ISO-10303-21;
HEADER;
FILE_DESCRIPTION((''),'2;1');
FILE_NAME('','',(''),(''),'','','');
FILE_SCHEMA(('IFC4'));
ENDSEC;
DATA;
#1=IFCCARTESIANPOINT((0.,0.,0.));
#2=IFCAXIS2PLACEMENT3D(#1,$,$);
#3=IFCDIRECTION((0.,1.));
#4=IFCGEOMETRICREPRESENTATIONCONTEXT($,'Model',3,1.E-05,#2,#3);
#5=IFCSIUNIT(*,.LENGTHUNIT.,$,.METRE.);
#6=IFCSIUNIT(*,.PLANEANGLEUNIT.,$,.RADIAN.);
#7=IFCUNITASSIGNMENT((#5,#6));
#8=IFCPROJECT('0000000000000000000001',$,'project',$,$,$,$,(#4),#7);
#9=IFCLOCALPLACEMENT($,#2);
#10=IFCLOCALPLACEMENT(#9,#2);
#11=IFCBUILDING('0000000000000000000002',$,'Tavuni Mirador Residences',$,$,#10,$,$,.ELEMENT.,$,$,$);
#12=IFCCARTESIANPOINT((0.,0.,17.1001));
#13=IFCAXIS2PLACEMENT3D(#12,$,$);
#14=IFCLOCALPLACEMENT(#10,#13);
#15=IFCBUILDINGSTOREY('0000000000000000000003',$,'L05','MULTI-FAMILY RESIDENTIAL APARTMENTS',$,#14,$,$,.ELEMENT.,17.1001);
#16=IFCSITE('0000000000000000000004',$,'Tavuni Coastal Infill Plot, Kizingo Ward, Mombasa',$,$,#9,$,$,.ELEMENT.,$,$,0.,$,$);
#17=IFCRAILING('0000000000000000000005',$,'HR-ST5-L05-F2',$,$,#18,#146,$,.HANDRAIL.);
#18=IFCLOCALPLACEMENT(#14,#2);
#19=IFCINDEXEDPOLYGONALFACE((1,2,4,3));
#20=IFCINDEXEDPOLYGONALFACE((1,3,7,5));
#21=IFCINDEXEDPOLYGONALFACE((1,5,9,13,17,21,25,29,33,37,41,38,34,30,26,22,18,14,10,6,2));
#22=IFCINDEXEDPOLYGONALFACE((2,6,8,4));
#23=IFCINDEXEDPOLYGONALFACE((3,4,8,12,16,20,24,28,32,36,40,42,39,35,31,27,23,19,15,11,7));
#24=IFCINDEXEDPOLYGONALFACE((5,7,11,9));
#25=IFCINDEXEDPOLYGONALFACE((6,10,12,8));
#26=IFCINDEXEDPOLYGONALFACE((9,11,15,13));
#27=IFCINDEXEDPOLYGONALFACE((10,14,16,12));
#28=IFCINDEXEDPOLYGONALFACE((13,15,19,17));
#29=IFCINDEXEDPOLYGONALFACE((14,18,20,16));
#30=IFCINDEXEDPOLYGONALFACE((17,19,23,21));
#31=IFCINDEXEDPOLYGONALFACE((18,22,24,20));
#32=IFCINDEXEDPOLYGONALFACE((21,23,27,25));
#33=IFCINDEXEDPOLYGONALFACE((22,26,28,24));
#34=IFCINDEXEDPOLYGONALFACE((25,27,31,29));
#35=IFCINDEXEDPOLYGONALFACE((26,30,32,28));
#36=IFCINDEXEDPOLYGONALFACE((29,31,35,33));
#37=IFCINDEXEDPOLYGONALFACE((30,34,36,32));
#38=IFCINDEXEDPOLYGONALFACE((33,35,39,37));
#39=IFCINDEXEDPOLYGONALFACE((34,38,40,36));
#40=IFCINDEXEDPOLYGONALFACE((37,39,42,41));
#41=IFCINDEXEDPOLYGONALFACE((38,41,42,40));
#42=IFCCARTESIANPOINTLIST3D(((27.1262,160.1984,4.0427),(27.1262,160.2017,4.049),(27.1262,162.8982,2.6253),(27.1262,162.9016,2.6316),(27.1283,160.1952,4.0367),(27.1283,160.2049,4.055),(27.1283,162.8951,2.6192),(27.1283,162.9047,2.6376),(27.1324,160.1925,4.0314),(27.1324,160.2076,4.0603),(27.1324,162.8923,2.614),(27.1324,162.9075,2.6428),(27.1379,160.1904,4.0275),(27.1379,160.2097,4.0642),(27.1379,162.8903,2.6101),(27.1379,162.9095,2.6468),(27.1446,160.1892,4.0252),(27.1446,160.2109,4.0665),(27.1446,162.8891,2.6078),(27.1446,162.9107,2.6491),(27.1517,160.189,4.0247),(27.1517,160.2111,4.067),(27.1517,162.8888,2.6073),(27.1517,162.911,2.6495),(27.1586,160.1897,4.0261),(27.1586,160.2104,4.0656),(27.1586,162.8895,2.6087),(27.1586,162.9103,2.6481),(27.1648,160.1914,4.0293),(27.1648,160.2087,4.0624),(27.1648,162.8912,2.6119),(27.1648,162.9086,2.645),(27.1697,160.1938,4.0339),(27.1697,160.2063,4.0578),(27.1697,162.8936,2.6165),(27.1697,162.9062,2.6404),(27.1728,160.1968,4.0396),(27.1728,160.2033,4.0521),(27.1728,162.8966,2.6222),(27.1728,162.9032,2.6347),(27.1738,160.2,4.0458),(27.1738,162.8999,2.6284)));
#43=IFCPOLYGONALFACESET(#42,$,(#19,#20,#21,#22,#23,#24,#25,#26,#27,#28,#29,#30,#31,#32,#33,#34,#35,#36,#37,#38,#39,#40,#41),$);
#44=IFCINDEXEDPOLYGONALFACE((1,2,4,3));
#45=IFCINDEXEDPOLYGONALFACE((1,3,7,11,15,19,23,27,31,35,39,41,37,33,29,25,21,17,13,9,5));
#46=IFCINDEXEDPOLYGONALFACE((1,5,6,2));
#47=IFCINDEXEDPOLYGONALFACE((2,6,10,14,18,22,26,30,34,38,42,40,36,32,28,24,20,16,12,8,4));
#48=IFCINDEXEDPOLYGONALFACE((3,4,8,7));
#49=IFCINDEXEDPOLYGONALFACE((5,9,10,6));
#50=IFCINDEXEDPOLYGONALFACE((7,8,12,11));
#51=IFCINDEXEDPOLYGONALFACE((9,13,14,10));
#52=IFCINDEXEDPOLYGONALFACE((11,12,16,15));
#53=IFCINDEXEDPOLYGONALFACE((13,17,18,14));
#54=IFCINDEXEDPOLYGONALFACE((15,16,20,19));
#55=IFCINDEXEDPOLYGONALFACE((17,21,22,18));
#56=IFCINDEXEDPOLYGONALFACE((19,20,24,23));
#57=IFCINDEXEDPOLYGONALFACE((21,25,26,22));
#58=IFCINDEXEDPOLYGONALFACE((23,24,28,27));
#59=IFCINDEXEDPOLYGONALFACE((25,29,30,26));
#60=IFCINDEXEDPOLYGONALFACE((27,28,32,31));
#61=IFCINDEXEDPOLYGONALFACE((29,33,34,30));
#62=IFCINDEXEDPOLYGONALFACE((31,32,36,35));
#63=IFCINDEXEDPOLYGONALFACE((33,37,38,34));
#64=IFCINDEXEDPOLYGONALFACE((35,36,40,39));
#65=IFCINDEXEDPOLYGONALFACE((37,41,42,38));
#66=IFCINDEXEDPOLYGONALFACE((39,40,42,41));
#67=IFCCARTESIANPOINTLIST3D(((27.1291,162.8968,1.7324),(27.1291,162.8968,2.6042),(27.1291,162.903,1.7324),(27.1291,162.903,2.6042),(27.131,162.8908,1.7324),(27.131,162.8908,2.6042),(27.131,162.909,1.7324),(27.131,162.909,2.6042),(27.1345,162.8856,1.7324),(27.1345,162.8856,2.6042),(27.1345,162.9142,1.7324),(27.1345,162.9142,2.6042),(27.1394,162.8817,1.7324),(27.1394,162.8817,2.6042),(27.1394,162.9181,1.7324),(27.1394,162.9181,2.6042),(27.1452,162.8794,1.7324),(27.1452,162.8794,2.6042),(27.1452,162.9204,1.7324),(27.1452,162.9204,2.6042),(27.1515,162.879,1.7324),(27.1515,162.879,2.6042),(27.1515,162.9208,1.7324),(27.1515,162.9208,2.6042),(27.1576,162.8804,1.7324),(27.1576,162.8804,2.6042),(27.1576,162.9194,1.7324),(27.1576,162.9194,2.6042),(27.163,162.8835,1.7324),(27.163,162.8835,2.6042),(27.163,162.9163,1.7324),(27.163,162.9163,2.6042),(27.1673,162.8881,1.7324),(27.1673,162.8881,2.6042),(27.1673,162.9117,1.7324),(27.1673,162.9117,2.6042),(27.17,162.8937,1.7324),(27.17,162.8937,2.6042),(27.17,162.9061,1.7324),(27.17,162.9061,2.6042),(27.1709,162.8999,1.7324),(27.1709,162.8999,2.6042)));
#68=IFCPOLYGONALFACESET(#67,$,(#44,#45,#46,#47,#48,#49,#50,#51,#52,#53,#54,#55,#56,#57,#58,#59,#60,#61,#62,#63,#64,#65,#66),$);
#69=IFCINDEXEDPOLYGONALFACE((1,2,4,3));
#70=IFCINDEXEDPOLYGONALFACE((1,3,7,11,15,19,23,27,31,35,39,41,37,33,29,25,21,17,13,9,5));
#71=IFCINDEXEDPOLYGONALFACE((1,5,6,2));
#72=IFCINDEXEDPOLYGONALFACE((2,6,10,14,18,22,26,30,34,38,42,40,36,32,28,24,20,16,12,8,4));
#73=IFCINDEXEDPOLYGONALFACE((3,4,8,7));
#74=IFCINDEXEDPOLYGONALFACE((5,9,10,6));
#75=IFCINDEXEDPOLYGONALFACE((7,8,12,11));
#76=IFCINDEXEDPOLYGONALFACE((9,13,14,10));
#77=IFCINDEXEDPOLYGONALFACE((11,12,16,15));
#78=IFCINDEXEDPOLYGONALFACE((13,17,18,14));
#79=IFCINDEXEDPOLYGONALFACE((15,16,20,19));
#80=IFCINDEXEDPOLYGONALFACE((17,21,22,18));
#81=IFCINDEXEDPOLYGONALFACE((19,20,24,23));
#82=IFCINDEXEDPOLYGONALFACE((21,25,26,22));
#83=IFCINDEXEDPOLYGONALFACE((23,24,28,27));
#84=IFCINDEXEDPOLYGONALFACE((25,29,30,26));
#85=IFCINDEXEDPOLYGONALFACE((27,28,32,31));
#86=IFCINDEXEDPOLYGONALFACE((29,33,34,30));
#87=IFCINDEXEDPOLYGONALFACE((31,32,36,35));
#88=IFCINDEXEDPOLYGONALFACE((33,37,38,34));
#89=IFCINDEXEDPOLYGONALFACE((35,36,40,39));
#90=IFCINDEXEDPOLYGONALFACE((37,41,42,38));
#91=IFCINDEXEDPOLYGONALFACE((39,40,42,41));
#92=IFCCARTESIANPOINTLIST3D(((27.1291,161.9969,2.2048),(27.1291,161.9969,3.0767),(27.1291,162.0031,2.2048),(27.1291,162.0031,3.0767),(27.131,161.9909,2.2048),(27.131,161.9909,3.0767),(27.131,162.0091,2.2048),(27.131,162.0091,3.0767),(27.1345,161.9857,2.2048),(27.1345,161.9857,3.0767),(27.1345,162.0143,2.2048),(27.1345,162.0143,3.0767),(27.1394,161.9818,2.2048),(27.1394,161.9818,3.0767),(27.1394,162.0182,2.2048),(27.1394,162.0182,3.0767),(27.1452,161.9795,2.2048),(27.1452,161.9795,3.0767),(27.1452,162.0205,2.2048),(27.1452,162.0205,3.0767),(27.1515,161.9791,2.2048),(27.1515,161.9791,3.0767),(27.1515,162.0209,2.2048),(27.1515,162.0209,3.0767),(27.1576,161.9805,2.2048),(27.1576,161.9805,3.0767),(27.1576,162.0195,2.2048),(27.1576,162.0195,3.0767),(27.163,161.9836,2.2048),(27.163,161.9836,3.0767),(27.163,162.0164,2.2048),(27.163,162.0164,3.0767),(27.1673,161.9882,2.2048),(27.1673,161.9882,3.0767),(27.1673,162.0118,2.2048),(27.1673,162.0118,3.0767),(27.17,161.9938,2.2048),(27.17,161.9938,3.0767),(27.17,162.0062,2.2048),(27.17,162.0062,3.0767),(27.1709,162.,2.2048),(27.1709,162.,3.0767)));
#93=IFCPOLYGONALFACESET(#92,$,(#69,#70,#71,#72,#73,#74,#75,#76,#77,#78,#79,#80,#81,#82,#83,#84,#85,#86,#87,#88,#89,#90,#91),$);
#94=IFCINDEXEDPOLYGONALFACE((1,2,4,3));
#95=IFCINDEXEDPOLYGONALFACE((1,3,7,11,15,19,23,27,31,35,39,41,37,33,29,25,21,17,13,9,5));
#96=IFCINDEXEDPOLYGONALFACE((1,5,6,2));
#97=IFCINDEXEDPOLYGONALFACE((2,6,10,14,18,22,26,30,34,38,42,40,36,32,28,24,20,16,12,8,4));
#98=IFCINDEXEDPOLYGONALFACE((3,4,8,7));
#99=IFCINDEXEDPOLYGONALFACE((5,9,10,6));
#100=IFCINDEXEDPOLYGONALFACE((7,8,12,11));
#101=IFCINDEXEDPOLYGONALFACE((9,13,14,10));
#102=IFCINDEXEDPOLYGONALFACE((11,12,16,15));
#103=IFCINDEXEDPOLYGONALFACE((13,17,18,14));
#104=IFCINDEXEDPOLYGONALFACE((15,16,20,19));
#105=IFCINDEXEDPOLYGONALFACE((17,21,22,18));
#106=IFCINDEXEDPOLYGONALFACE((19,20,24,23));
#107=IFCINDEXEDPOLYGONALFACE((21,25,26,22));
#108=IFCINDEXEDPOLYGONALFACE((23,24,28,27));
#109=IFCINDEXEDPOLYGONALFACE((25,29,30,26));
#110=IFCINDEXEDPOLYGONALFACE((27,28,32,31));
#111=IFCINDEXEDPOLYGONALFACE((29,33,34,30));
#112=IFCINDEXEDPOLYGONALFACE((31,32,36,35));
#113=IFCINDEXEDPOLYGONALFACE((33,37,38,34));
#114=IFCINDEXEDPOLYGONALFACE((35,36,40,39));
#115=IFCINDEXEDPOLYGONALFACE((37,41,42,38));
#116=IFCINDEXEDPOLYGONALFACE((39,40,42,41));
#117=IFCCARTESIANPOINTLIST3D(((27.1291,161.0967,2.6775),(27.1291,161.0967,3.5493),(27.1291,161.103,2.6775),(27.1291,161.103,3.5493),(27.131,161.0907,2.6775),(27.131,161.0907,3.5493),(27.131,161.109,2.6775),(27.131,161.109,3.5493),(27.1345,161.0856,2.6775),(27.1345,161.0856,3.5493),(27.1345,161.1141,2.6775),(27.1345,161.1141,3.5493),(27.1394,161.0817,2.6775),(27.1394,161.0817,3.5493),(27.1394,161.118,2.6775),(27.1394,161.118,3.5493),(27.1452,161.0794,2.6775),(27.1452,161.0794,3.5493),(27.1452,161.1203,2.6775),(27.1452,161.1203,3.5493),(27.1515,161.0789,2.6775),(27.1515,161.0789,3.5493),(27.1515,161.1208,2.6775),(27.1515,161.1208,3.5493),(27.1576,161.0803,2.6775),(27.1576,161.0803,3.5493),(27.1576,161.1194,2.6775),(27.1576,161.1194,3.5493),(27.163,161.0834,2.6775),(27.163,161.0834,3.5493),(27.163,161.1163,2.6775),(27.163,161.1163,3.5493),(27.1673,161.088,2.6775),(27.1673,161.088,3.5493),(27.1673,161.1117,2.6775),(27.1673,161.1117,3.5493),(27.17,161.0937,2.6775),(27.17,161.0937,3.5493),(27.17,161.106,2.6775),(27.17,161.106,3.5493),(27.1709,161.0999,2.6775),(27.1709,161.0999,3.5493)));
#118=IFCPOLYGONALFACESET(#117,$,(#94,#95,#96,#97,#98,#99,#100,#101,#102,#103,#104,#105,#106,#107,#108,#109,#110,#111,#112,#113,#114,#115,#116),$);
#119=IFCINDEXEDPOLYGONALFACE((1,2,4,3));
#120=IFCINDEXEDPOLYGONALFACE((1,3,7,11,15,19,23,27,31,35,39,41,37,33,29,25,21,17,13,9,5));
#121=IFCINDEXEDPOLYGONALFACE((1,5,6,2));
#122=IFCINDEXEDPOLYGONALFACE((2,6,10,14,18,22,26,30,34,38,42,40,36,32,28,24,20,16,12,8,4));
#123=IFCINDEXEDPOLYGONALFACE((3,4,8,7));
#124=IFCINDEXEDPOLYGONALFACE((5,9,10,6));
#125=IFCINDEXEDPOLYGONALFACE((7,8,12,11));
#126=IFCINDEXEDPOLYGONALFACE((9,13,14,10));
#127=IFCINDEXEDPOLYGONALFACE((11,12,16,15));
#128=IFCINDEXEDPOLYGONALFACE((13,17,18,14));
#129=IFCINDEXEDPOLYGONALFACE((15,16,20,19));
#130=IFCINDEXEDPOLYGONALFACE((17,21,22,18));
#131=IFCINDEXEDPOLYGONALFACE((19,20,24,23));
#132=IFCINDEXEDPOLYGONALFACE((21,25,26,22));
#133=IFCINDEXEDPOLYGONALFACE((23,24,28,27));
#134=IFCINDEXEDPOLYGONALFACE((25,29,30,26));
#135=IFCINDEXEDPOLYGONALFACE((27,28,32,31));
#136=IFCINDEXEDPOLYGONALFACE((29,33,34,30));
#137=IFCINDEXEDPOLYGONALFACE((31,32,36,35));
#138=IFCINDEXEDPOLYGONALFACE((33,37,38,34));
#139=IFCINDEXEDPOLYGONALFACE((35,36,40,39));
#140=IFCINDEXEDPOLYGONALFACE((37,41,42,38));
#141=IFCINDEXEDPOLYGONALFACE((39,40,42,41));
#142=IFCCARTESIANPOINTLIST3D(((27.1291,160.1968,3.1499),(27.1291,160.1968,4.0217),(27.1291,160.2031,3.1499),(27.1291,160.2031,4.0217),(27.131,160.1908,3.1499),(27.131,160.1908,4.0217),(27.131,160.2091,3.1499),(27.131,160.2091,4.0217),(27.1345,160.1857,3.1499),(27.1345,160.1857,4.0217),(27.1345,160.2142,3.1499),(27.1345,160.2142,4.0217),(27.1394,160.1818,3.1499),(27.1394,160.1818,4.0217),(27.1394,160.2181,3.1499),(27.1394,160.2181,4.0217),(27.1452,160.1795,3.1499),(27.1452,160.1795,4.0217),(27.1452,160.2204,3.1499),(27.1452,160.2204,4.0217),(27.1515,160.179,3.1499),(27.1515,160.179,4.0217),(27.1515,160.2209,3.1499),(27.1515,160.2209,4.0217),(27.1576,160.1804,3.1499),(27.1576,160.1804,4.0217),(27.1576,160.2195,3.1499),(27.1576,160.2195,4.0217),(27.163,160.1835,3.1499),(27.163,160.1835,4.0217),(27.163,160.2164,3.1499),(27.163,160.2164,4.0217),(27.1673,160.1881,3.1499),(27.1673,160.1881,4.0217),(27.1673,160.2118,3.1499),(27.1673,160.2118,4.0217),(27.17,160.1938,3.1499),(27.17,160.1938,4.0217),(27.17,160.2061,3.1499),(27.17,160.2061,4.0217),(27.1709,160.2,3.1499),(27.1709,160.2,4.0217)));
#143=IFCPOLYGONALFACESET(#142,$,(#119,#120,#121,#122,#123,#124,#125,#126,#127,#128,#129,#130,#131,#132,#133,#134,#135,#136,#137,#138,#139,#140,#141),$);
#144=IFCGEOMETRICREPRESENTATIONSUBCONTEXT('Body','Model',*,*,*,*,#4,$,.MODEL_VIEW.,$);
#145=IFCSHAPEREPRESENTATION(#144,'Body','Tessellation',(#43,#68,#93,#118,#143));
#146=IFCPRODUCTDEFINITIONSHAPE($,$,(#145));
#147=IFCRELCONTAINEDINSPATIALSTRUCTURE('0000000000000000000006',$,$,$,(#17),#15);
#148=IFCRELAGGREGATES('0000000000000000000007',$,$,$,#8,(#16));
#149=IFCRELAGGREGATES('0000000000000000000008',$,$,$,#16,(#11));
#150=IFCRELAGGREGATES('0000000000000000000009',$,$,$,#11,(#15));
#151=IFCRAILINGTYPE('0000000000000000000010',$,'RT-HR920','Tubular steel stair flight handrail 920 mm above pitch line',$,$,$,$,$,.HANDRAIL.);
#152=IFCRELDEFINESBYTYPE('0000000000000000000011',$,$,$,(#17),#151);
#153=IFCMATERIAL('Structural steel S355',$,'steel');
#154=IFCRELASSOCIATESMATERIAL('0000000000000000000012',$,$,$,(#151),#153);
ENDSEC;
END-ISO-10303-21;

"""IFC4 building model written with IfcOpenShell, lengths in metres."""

from ifc_helpers import new_model, si_unit, direction, frame, origin, origin_2d, place, context, subcontext, project, spatial, circle, extrude, material, type_object, element, save


model = new_model("IFC4")

# Units and contexts
model_context = context("Model", 3, precision=1e-05, world=origin(), true_north=direction((0.0, 1.0)))
body_context = subcontext(model_context, "Body", "Model", "MODEL_VIEW")
ifc_project = project(units=[si_unit("LENGTHUNIT", "METRE"), si_unit("PLANEANGLEUNIT", "RADIAN")], contexts=[model_context])

# Site, building, storey
site_placement = place(None, origin())
site = spatial("IfcSite", under=ifc_project, at=site_placement, Name="Tavuni Coastal Infill Plot, Kizingo Ward, Mombasa", CompositionType="ELEMENT", RefElevation=0.0)
building_placement = place(site_placement, origin())
building = spatial("IfcBuilding", under=site, at=building_placement, Name="Tavuni Mirador Residences", CompositionType="ELEMENT")
storey_placement = place(building_placement, frame((0.0, 0.0, 17.1001)))
storey = spatial("IfcBuildingStorey", under=building, at=storey_placement, Name="L05", Description="MULTI-FAMILY RESIDENTIAL APARTMENTS", CompositionType="ELEMENT", Elevation=17.1001)

# Shared definitions
ifc_material_1 = material(Name="Structural steel S355", Category="steel")

# Railing
railing_type_1 = type_object("IfcRailingType", Name="RT-HR920", Description="Tubular steel stair flight handrail 920 mm above pitch line", PredefinedType="HANDRAIL", material=ifc_material_1)
railing_1_placement = place(storey_placement, frame((27.1499, 162.8999, 1.7324)))
element("IfcRailing", 1, at=railing_1_placement, inside=storey, type_object=railing_type_1, Name="HR-ST5-L05-F2", PredefinedType="HANDRAIL", context=body_context, shape_type="SweptSolid", body=[
    extrude(circle(Radius=0.0239, at=origin_2d()), frame((0.0, 0.0, 0.896), z_axis=(0.0, -0.885397, 0.464835), x_axis=(1.0, 0.0, 0.0)), (0.0, 0.0, 1.0), 3.0493),
    extrude(circle(Radius=0.021, at=origin_2d()), origin(), (0.0, 0.0, 1.0), 0.8718),
    extrude(circle(Radius=0.021, at=origin_2d()), frame((0.0, -0.8999, 0.4724)), (0.0, 0.0, 1.0), 0.8718),
    extrude(circle(Radius=0.021, at=origin_2d()), frame((0.0, -1.8, 0.9451)), (0.0, 0.0, 1.0), 0.8718),
    extrude(circle(Radius=0.021, at=origin_2d()), frame((0.0, -2.7, 1.4175)), (0.0, 0.0, 1.0), 0.8718),
])

save(model, "model.ifc")
